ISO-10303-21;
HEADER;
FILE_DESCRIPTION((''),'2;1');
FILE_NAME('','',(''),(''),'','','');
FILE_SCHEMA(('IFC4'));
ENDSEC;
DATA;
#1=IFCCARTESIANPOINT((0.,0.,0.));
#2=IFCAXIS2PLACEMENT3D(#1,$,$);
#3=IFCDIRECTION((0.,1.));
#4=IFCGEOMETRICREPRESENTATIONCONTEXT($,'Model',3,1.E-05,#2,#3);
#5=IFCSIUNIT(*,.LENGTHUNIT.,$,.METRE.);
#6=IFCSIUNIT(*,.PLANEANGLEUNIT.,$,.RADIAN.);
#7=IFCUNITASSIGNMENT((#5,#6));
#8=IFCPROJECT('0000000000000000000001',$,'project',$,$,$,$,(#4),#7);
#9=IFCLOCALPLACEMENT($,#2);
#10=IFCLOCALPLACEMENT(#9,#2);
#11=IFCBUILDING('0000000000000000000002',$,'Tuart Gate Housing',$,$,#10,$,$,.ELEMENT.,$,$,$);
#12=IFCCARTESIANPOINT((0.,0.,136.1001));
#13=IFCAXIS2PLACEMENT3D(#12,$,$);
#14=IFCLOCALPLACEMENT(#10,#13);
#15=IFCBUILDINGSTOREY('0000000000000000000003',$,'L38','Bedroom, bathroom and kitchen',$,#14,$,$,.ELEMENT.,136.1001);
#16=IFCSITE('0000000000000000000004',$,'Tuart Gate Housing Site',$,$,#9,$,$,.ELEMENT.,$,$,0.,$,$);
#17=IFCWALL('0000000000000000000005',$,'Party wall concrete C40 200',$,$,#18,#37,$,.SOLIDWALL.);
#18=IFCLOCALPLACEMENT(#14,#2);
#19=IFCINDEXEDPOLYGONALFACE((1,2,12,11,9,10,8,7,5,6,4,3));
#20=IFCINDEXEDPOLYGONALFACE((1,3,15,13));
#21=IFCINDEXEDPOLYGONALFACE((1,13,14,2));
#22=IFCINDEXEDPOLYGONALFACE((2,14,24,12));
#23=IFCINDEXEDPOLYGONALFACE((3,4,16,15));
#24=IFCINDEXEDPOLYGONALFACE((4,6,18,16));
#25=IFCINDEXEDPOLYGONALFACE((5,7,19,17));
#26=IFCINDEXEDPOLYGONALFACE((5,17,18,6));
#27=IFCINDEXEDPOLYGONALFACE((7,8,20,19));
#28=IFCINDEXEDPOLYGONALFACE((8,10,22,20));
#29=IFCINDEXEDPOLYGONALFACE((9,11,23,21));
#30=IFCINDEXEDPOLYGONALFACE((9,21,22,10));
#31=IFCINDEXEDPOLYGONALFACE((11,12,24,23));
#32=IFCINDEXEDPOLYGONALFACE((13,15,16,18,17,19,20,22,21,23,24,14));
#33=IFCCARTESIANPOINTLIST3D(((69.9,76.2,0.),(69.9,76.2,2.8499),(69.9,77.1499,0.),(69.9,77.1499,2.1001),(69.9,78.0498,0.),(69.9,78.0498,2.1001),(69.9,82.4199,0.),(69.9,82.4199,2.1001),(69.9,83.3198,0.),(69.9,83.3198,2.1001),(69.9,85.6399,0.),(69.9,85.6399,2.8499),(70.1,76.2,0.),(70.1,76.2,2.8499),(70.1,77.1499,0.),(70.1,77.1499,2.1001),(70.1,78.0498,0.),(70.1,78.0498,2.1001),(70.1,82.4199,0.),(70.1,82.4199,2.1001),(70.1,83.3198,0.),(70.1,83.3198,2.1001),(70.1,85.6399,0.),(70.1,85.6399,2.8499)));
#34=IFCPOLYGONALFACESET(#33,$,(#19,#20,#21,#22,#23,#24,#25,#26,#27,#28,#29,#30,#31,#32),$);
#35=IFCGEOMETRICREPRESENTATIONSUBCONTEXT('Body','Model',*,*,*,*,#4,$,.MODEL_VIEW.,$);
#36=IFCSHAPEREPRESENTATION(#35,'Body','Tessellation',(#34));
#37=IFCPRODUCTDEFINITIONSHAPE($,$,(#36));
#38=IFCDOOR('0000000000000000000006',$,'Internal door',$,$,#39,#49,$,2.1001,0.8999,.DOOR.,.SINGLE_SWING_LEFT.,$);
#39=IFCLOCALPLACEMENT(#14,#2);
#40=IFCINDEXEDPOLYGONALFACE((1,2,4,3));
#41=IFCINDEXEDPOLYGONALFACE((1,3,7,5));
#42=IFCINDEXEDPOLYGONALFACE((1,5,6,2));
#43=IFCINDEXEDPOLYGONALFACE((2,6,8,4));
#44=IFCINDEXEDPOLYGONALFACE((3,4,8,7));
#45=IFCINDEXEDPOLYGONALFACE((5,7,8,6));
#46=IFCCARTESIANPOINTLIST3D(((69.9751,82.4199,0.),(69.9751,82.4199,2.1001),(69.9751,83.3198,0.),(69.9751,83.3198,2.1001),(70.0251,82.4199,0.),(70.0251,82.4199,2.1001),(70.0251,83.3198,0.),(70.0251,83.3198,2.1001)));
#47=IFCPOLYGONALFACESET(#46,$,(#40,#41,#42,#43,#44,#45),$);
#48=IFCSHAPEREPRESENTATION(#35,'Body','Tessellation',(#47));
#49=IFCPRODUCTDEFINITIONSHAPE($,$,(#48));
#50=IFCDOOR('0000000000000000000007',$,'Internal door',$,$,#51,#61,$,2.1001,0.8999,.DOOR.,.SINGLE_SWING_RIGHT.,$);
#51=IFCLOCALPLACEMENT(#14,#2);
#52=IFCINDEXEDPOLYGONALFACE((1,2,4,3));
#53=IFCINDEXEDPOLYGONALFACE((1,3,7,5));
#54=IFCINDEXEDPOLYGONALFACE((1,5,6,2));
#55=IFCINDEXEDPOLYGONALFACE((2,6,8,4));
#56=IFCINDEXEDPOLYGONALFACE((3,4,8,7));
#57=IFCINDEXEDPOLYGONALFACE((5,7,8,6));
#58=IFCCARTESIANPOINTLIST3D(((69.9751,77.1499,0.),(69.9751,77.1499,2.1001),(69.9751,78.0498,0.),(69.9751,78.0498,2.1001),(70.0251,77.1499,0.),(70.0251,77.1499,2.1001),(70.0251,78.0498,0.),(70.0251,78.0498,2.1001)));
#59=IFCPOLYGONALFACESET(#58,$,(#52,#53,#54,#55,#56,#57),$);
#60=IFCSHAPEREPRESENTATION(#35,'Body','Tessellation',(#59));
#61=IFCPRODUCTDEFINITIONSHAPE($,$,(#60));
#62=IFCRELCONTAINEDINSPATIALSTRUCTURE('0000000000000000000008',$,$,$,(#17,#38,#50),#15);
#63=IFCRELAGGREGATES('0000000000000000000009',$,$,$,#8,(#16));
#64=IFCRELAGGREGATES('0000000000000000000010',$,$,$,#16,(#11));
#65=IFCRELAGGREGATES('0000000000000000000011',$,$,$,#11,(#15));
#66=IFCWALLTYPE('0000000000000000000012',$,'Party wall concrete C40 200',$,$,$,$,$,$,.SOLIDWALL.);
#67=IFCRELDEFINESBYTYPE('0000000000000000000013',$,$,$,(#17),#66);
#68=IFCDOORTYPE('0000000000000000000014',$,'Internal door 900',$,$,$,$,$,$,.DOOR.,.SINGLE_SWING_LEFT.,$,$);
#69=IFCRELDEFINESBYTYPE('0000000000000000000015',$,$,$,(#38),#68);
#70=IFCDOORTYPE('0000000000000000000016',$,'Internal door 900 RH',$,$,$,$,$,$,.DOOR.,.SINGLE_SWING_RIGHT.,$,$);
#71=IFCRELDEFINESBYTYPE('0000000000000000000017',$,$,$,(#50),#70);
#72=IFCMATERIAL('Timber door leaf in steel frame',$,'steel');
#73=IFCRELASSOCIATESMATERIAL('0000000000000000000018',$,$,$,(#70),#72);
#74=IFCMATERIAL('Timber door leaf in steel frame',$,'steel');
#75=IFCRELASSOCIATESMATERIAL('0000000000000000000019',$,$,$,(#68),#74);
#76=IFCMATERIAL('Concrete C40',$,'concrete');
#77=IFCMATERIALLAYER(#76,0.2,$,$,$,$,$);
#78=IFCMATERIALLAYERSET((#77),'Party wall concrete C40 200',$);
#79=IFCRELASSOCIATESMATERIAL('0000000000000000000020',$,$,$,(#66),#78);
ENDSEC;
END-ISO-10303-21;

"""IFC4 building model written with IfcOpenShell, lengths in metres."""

from ifc_helpers import new_model, si_unit, direction, frame, frame_2d, origin, place, context, subcontext, project, spatial, rectangle, extrude, material, layer, layer_set, type_object, element, fill, save


model = new_model("IFC4")

# Units and contexts
model_context = context("Model", 3, precision=1e-05, world=origin(), true_north=direction((0.0, 1.0)))
body_context = subcontext(model_context, "Body", "Model", "MODEL_VIEW")
ifc_project = project(units=[si_unit("LENGTHUNIT", "METRE"), si_unit("PLANEANGLEUNIT", "RADIAN")], contexts=[model_context])

# Site, building, storey
site_placement = place(None, origin())
site = spatial("IfcSite", under=ifc_project, at=site_placement, Name="Tuart Gate Housing Site", CompositionType="ELEMENT", RefElevation=0.0)
building_placement = place(site_placement, origin())
building = spatial("IfcBuilding", under=site, at=building_placement, Name="Tuart Gate Housing", CompositionType="ELEMENT")
storey_placement = place(building_placement, frame((0.0, 0.0, 136.1001)))
storey = spatial("IfcBuildingStorey", under=building, at=storey_placement, Name="L38", Description="Bedroom, bathroom and kitchen", CompositionType="ELEMENT", Elevation=136.1001)

# Shared definitions
ifc_material_1 = material(Name="Timber door leaf in steel frame", Category="steel")
door_type_1 = type_object("IfcDoorType", Name="Internal door 900 RH", OperationType="SINGLE_SWING_RIGHT", PredefinedType="DOOR", material=ifc_material_1)

# Shared definitions
ifc_material_2 = material(Name="Timber door leaf in steel frame", Category="steel")
door_type_2 = type_object("IfcDoorType", Name="Internal door 900", OperationType="SINGLE_SWING_LEFT", PredefinedType="DOOR", material=ifc_material_2)

# Shared definitions
ifc_material_3 = material(Name="Concrete C40", Category="concrete")
ifc_layer_1 = layer(ifc_material_3, 0.2)
ifc_layer_set_1 = layer_set([ifc_layer_1], Name="Party wall concrete C40 200")
wall_type_1 = type_object("IfcWallType", Name="Party wall concrete C40 200", PredefinedType="SOLIDWALL", material=ifc_layer_set_1)

# Wall, openings, doors
wall_1_placement = place(storey_placement, frame((70.0, 76.2, 0.0), z_axis=(0.0, 0.0, 1.0), x_axis=(0.0, 1.0, 0.0)))
wall_1 = element("IfcWall", 1, at=wall_1_placement, inside=storey, type_object=wall_type_1, Name="Party wall concrete C40 200", PredefinedType="SOLIDWALL", context=body_context, shape_type="SweptSolid", body=[
    extrude(rectangle(XDim=9.4399, YDim=0.2, at=frame_2d((4.72, 0.0))), origin(), (0.0, 0.0, 1.0), 2.8499),
])
opening_1_placement = place(wall_1_placement, frame((6.22, 0.0, 0.0)))
opening_1 = element("IfcOpeningElement", 2, at=opening_1_placement, cuts=wall_1, PredefinedType="OPENING", context=body_context, shape_type="SweptSolid", body=[
    extrude(rectangle(XDim=0.8999, YDim=2.1001, at=frame_2d((0.45, 1.05))), frame((0.0, 0.1099, 0.0), z_axis=(0.0, -1.0, 0.0), x_axis=(1.0, 0.0, 0.0)), (0.0, 0.0, 1.0), 0.22),
])
opening_2_placement = place(wall_1_placement, frame((0.95, 0.0, 0.0)))
opening_2 = element("IfcOpeningElement", 3, at=opening_2_placement, cuts=wall_1, PredefinedType="OPENING", context=body_context, shape_type="SweptSolid", body=[
    extrude(rectangle(XDim=0.8999, YDim=2.1001, at=frame_2d((0.45, 1.05))), frame((0.0, 0.1099, 0.0), z_axis=(0.0, -1.0, 0.0), x_axis=(1.0, 0.0, 0.0)), (0.0, 0.0, 1.0), 0.22),
])
door_1_placement = place(opening_1_placement, frame((0.8999, 0.0, 0.0), z_axis=(0.0, 0.0, 1.0), x_axis=(-1.0, 0.0, 0.0)))
door_1 = element("IfcDoor", 4, at=door_1_placement, inside=storey, type_object=door_type_2, Name="Internal door", OperationType="SINGLE_SWING_LEFT", OverallHeight=2.1001, OverallWidth=0.8999, PredefinedType="DOOR", context=body_context, shape_type="SweptSolid", body=[
    extrude(rectangle(XDim=0.8999, YDim=2.1001, at=frame_2d((0.45, 1.05))), frame((0.0, 0.0251, 0.0), z_axis=(0.0, -1.0, 0.0), x_axis=(1.0, 0.0, 0.0)), (0.0, 0.0, 1.0), 0.05),
])
fill(opening_1, door_1)
door_2_placement = place(opening_2_placement, frame((0.8999, 0.0, 0.0), z_axis=(0.0, 0.0, 1.0), x_axis=(-1.0, 0.0, 0.0)))
door_2 = element("IfcDoor", 5, at=door_2_placement, inside=storey, type_object=door_type_1, Name="Internal door", OperationType="SINGLE_SWING_RIGHT", OverallHeight=2.1001, OverallWidth=0.8999, PredefinedType="DOOR", context=body_context, shape_type="SweptSolid", body=[
    extrude(rectangle(XDim=0.8999, YDim=2.1001, at=frame_2d((0.45, 1.05))), frame((0.0, 0.0251, 0.0), z_axis=(0.0, -1.0, 0.0), x_axis=(1.0, 0.0, 0.0)), (0.0, 0.0, 1.0), 0.05),
])
fill(opening_2, door_2)

save(model, "model.ifc")
